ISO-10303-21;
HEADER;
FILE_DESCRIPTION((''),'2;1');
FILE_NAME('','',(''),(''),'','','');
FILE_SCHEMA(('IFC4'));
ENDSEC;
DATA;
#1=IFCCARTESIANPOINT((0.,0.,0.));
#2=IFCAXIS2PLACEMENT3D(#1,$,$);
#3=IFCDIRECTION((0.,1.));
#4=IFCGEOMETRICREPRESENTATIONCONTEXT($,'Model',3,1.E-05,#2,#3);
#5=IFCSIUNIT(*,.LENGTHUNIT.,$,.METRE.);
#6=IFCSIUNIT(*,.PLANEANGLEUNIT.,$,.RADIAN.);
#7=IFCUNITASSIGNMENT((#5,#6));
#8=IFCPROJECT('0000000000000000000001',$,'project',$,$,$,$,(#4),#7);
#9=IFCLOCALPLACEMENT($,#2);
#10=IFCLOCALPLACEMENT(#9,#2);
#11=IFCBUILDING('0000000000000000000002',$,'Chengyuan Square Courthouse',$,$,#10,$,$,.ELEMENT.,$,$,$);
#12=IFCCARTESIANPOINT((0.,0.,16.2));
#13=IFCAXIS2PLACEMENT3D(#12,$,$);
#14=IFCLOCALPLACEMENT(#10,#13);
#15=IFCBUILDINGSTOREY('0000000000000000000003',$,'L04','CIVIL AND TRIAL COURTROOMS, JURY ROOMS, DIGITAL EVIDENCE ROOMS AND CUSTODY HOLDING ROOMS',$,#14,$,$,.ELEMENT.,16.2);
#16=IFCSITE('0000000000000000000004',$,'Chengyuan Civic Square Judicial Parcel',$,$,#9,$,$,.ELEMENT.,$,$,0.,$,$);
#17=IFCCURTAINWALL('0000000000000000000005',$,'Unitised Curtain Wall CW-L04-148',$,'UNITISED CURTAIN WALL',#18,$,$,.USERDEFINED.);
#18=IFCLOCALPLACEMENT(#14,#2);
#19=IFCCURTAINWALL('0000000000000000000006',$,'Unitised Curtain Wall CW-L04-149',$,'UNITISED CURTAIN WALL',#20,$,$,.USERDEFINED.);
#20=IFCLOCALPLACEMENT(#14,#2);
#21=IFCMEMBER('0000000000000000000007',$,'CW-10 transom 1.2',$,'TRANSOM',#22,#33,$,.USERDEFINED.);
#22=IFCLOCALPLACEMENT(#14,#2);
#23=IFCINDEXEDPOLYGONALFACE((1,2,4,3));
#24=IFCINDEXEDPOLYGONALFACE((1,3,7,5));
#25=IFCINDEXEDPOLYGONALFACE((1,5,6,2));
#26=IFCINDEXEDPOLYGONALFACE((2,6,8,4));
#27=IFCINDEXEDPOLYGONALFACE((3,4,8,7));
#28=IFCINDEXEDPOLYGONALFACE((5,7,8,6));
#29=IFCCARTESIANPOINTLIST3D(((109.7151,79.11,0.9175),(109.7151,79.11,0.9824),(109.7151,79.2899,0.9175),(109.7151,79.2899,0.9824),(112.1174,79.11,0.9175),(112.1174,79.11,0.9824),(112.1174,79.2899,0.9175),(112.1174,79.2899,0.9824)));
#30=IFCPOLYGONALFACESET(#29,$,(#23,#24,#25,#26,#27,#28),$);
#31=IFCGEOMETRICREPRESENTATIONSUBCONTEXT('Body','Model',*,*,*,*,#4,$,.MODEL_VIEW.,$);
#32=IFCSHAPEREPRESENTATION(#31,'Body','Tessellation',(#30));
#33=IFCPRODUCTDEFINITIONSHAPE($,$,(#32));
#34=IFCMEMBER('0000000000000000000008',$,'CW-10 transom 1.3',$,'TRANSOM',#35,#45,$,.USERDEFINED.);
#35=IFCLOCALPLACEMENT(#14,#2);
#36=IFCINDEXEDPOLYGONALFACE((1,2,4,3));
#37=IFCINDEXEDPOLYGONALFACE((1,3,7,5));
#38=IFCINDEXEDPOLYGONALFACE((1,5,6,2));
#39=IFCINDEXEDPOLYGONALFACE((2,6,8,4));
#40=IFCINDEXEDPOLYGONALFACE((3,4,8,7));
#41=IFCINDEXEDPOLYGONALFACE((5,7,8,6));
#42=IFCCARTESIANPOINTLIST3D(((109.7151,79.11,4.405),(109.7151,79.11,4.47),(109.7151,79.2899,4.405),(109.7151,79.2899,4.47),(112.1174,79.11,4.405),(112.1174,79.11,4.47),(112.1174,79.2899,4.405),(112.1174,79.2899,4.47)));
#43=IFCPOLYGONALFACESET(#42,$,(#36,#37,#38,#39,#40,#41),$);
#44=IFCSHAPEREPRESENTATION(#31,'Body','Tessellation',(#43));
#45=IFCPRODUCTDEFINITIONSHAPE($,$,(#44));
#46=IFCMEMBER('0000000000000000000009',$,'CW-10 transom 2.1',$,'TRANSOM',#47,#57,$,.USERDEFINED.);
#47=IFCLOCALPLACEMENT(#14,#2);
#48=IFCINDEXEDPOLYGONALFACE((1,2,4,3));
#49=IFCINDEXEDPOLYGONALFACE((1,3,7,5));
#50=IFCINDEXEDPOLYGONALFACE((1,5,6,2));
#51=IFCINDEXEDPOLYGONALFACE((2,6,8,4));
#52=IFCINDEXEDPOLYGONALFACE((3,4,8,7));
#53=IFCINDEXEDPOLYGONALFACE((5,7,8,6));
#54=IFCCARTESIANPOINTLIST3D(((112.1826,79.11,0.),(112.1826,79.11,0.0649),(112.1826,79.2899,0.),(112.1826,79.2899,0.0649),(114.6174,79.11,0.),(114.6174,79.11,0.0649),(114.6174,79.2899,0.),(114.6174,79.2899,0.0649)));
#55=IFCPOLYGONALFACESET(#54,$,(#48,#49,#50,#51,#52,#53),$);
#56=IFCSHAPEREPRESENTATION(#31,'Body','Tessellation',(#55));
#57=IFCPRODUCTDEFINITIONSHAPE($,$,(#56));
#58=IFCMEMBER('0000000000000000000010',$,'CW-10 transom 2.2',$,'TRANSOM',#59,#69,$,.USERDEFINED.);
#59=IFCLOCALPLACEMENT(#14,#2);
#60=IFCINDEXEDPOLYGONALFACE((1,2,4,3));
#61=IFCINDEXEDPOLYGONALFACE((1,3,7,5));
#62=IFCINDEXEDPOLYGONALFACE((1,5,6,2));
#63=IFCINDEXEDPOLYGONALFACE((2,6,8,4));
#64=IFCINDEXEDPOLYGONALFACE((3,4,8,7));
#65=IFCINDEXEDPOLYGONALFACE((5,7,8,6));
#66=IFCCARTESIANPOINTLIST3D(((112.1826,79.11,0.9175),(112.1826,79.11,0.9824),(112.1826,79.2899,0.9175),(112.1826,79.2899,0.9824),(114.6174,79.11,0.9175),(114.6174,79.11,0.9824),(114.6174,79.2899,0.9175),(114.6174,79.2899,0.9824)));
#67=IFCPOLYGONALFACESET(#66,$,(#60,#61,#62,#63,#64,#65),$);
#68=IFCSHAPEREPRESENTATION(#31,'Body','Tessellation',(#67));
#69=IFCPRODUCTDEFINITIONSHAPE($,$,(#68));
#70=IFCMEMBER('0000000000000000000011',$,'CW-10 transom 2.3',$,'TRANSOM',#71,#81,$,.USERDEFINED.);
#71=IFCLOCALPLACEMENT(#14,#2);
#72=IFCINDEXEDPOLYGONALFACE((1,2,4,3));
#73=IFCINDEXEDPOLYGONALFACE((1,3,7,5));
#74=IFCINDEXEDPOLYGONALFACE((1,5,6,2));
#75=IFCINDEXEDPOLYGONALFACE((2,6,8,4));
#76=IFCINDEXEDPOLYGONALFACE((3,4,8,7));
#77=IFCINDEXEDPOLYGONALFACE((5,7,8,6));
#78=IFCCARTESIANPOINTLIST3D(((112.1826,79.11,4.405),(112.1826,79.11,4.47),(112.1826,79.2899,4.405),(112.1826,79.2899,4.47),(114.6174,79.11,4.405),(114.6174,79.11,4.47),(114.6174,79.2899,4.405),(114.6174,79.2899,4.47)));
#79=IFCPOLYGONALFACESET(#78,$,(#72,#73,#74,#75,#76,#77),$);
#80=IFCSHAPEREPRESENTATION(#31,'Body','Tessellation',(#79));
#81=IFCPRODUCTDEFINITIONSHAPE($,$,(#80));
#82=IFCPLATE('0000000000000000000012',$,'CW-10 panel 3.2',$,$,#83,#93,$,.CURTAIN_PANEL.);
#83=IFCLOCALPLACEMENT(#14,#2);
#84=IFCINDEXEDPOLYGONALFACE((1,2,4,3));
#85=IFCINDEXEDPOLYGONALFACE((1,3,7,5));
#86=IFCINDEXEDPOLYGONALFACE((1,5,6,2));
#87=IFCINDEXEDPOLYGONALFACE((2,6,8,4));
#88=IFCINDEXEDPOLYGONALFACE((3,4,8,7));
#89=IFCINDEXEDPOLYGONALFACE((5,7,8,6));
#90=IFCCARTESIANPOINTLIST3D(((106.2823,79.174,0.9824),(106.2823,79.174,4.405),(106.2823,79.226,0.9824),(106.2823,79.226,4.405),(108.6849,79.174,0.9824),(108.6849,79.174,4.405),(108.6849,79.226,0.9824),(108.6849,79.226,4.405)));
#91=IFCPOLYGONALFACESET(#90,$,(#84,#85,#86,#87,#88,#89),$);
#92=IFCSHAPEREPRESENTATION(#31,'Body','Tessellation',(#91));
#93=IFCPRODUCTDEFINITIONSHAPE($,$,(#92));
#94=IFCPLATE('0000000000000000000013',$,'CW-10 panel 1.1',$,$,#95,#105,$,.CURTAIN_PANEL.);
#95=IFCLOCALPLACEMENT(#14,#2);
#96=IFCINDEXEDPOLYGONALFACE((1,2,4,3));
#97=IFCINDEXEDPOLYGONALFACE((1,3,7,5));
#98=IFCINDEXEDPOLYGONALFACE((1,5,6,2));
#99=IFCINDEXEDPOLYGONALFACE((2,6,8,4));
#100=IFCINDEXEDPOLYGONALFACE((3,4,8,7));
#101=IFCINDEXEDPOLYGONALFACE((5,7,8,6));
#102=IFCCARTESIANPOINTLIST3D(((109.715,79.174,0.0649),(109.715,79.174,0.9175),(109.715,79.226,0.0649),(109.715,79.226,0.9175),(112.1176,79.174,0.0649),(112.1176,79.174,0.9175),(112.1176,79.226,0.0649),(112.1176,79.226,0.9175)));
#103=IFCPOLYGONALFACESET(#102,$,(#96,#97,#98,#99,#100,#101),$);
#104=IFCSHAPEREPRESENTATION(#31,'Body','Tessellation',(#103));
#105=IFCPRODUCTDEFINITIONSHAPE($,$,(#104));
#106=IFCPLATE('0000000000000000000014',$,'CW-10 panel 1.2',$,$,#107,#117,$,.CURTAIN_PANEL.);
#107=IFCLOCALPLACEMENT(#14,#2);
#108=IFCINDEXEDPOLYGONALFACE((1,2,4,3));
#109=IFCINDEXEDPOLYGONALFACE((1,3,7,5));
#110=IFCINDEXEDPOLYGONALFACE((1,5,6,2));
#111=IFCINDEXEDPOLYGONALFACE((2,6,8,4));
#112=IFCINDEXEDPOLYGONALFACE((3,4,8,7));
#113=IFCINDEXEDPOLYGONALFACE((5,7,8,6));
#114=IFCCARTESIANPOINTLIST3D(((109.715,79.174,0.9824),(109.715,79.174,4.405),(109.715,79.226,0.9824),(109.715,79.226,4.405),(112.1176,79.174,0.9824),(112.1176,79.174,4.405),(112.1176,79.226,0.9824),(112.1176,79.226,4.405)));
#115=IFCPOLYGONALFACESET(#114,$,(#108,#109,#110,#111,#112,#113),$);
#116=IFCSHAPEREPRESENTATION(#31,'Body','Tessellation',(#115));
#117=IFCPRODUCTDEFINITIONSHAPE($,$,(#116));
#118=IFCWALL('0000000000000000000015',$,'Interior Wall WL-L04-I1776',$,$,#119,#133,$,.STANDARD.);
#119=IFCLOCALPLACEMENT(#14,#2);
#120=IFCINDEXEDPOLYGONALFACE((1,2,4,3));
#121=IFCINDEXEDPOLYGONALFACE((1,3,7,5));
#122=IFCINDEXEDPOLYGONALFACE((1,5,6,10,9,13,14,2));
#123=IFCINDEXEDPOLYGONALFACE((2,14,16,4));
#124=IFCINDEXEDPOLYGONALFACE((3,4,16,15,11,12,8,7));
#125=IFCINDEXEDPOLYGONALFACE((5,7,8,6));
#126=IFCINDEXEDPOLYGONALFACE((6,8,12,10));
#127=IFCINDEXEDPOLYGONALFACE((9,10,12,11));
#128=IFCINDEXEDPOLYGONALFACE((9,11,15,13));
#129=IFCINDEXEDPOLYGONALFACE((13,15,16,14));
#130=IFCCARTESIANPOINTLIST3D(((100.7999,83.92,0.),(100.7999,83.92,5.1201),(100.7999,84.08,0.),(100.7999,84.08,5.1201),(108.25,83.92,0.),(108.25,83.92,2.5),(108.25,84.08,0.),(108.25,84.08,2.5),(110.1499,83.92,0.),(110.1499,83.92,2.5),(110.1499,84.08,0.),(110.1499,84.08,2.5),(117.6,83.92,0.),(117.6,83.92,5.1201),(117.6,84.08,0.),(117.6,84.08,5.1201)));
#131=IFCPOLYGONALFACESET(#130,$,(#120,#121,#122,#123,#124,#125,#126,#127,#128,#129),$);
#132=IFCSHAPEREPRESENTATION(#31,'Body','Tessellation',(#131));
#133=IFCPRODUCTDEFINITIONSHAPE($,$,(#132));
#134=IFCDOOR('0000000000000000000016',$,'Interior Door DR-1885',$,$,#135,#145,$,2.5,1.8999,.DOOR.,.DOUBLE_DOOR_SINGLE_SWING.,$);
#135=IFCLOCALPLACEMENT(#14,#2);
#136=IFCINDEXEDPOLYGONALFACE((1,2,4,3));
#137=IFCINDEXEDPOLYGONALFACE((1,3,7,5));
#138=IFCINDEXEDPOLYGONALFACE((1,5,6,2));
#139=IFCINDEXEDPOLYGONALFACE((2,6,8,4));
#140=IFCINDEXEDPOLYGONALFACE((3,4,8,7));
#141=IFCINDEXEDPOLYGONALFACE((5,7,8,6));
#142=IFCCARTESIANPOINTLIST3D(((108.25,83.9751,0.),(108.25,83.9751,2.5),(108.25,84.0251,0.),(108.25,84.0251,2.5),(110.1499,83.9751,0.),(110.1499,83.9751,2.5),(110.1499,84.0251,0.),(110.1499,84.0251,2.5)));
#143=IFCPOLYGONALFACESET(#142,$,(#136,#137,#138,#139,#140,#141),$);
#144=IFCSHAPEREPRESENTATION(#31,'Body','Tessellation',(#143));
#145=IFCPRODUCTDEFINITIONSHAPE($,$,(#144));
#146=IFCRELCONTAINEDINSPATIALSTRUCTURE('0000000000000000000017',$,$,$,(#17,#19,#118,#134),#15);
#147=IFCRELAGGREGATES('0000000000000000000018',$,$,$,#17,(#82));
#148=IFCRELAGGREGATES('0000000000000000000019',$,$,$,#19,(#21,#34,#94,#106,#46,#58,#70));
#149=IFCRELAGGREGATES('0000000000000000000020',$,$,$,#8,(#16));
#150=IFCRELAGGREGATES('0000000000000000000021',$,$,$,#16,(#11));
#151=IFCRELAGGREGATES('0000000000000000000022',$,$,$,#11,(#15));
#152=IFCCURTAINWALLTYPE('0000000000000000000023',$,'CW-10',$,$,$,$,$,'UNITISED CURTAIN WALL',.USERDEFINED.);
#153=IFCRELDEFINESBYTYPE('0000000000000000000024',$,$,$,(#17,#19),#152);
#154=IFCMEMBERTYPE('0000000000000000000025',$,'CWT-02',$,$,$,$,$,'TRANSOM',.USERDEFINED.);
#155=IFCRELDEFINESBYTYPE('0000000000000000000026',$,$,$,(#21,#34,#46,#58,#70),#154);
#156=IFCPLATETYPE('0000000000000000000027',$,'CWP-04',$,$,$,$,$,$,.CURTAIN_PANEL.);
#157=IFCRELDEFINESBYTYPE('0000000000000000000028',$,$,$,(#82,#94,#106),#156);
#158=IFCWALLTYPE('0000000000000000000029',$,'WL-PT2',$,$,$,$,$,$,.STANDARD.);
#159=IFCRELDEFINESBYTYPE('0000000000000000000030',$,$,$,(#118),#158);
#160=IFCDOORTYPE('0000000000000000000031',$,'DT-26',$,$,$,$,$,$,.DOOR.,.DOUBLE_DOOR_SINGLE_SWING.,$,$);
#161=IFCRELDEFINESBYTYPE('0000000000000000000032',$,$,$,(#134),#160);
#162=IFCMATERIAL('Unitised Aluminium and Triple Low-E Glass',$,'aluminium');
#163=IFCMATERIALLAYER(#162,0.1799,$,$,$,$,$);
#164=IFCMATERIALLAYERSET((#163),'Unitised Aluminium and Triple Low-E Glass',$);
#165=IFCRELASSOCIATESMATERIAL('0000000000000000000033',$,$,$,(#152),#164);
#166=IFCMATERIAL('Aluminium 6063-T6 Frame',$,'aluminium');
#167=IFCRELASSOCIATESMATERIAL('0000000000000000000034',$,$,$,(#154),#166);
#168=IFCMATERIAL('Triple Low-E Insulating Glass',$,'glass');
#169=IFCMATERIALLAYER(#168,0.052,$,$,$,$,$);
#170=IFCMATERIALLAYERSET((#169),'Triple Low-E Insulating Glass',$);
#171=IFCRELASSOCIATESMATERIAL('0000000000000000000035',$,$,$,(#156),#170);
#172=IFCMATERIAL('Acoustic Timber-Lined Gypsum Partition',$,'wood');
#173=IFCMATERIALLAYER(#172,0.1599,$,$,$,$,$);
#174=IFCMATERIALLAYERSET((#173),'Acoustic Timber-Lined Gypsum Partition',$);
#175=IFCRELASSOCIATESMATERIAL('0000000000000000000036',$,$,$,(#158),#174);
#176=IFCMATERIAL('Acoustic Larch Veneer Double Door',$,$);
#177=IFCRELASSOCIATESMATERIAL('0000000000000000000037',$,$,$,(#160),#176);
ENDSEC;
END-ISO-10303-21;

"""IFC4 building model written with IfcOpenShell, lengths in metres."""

from ifc_helpers import new_model, si_unit, direction, frame, frame_2d, origin, origin_2d, place, context, subcontext, project, spatial, rectangle, extrude, material, layer, layer_set, material_profile, profile_set, type_object, element, fill, aggregate, save


model = new_model("IFC4")

# Units and contexts
model_context = context("Model", 3, precision=1e-05, world=origin(), true_north=direction((0.0, 1.0)))
body_context = subcontext(model_context, "Body", "Model", "MODEL_VIEW")
ifc_project = project(units=[si_unit("LENGTHUNIT", "METRE"), si_unit("PLANEANGLEUNIT", "RADIAN")], contexts=[model_context])

# Site, building, storey
site_placement = place(None, origin())
site = spatial("IfcSite", under=ifc_project, at=site_placement, Name="Chengyuan Civic Square Judicial Parcel", CompositionType="ELEMENT", RefElevation=0.0)
building_placement = place(site_placement, origin())
building = spatial("IfcBuilding", under=site, at=building_placement, Name="Chengyuan Square Courthouse", CompositionType="ELEMENT")
storey_placement = place(building_placement, frame((0.0, 0.0, 16.2)))
storey = spatial("IfcBuildingStorey", under=building, at=storey_placement, Name="L04", Description="CIVIL AND TRIAL COURTROOMS, JURY ROOMS, DIGITAL EVIDENCE ROOMS AND CUSTODY HOLDING ROOMS", CompositionType="ELEMENT", Elevation=16.2)

# Curtain wall
ifc_material_1 = material(Name="Unitised Aluminium and Triple Low-E Glass", Category="aluminium")
ifc_layer_1 = layer(ifc_material_1, 0.1799)
ifc_layer_set_1 = layer_set([ifc_layer_1], Name="Unitised Aluminium and Triple Low-E Glass")
curtain_wall_type = type_object("IfcCurtainWallType", Name="CW-10", ElementType="UNITISED CURTAIN WALL", PredefinedType="USERDEFINED", material=ifc_layer_set_1)
curtain_wall_1_placement = place(storey_placement, origin())
curtain_wall_1 = element("IfcCurtainWall", 1, at=curtain_wall_1_placement, inside=storey, type_object=curtain_wall_type, Name="Unitised Curtain Wall CW-L04-148", ObjectType="UNITISED CURTAIN WALL", PredefinedType="USERDEFINED")
ifc_material_2 = material(Name="Aluminium 6063-T6 Frame", Category="aluminium")

# Curtain wall, members
curtain_wall_2_placement = place(storey_placement, origin())
curtain_wall_2 = element("IfcCurtainWall", 2, at=curtain_wall_2_placement, inside=storey, type_object=curtain_wall_type, Name="Unitised Curtain Wall CW-L04-149", ObjectType="UNITISED CURTAIN WALL", PredefinedType="USERDEFINED")
ifc_material_profile_1 = material_profile(ifc_material_2, rectangle(XDim=0.1799, YDim=0.0649, at=origin_2d()), Name="CW-TRN-65x140")
ifc_profile_set_1 = profile_set([ifc_material_profile_1], Name="Aluminium 6063-T6 Frame")
member_type_1 = type_object("IfcMemberType", Name="CWT-02", ElementType="TRANSOM", PredefinedType="USERDEFINED", material=ifc_profile_set_1)
member_1_placement = place(storey_placement, frame((109.7151, 79.2, 0.95), z_axis=(1.0, 0.0, 0.0), x_axis=(0.0, 1.0, 0.0)))
member_1 = element("IfcMember", 3, at=member_1_placement, type_object=member_type_1, Name="CW-10 transom 1.2", ObjectType="TRANSOM", PredefinedType="USERDEFINED", context=body_context, shape_type="SweptSolid", body=[
    extrude(rectangle(XDim=0.1799, YDim=0.0649, at=origin_2d()), origin(), (0.0, 0.0, 1.0), 2.4023),
])
member_2_placement = place(storey_placement, frame((109.7151, 79.2, 4.4375), z_axis=(1.0, 0.0, 0.0), x_axis=(0.0, 1.0, 0.0)))
member_2 = element("IfcMember", 4, at=member_2_placement, type_object=member_type_1, Name="CW-10 transom 1.3", ObjectType="TRANSOM", PredefinedType="USERDEFINED", context=body_context, shape_type="SweptSolid", body=[
    extrude(rectangle(XDim=0.1799, YDim=0.0649, at=origin_2d()), origin(), (0.0, 0.0, 1.0), 2.4023),
])
member_3_placement = place(storey_placement, frame((112.1826, 79.2, 0.0325), z_axis=(1.0, 0.0, 0.0), x_axis=(0.0, 1.0, 0.0)))
member_3 = element("IfcMember", 5, at=member_3_placement, type_object=member_type_1, Name="CW-10 transom 2.1", ObjectType="TRANSOM", PredefinedType="USERDEFINED", context=body_context, shape_type="SweptSolid", body=[
    extrude(rectangle(XDim=0.1799, YDim=0.0649, at=origin_2d()), origin(), (0.0, 0.0, 1.0), 2.4348),
])
member_4_placement = place(storey_placement, frame((112.1826, 79.2, 0.95), z_axis=(1.0, 0.0, 0.0), x_axis=(0.0, 1.0, 0.0)))
member_4 = element("IfcMember", 6, at=member_4_placement, type_object=member_type_1, Name="CW-10 transom 2.2", ObjectType="TRANSOM", PredefinedType="USERDEFINED", context=body_context, shape_type="SweptSolid", body=[
    extrude(rectangle(XDim=0.1799, YDim=0.0649, at=origin_2d()), origin(), (0.0, 0.0, 1.0), 2.4348),
])
member_5_placement = place(storey_placement, frame((112.1826, 79.2, 4.4375), z_axis=(1.0, 0.0, 0.0), x_axis=(0.0, 1.0, 0.0)))
member_5 = element("IfcMember", 7, at=member_5_placement, type_object=member_type_1, Name="CW-10 transom 2.3", ObjectType="TRANSOM", PredefinedType="USERDEFINED", context=body_context, shape_type="SweptSolid", body=[
    extrude(rectangle(XDim=0.1799, YDim=0.0649, at=origin_2d()), origin(), (0.0, 0.0, 1.0), 2.4348),
])

# Plates
ifc_material_3 = material(Name="Triple Low-E Insulating Glass", Category="glass")
ifc_layer_2 = layer(ifc_material_3, 0.052)
ifc_layer_set_2 = layer_set([ifc_layer_2], Name="Triple Low-E Insulating Glass")
plate_type = type_object("IfcPlateType", Name="CWP-04", PredefinedType="CURTAIN_PANEL", material=ifc_layer_set_2)
plate_1_placement = place(storey_placement, frame((107.4836, 79.2, 0.9824), z_axis=(0.0, 0.0, 1.0), x_axis=(1.0, 0.0, 0.0)))
plate_1 = element("IfcPlate", 8, at=plate_1_placement, type_object=plate_type, Name="CW-10 panel 3.2", PredefinedType="CURTAIN_PANEL", context=body_context, shape_type="SweptSolid", body=[
    extrude(rectangle(XDim=2.4026, YDim=0.052, at=origin_2d()), origin(), (0.0, 0.0, 1.0), 3.4226),
])
aggregate(curtain_wall_1, [plate_1])
plate_2_placement = place(storey_placement, frame((110.9163, 79.2, 0.0649), z_axis=(0.0, 0.0, 1.0), x_axis=(1.0, 0.0, 0.0)))
plate_2 = element("IfcPlate", 9, at=plate_2_placement, type_object=plate_type, Name="CW-10 panel 1.1", PredefinedType="CURTAIN_PANEL", context=body_context, shape_type="SweptSolid", body=[
    extrude(rectangle(XDim=2.4026, YDim=0.052, at=origin_2d()), origin(), (0.0, 0.0, 1.0), 0.8525),
])
plate_3_placement = place(storey_placement, frame((110.9163, 79.2, 0.9824), z_axis=(0.0, 0.0, 1.0), x_axis=(1.0, 0.0, 0.0)))
plate_3 = element("IfcPlate", 10, at=plate_3_placement, type_object=plate_type, Name="CW-10 panel 1.2", PredefinedType="CURTAIN_PANEL", context=body_context, shape_type="SweptSolid", body=[
    extrude(rectangle(XDim=2.4026, YDim=0.052, at=origin_2d()), origin(), (0.0, 0.0, 1.0), 3.4226),
])
aggregate(curtain_wall_2, [member_1, member_2, plate_2, plate_3, member_3, member_4, member_5])

# Wall, opening, door
ifc_material_4 = material(Name="Acoustic Timber-Lined Gypsum Partition", Category="wood")
ifc_layer_3 = layer(ifc_material_4, 0.1599)
ifc_layer_set_3 = layer_set([ifc_layer_3], Name="Acoustic Timber-Lined Gypsum Partition")
wall_type_1 = type_object("IfcWallType", Name="WL-PT2", PredefinedType="STANDARD", material=ifc_layer_set_3)
wall_1_placement = place(storey_placement, frame((100.8, 84.0, 0.0), z_axis=(0.0, 0.0, 1.0), x_axis=(1.0, 0.0, 0.0)))
wall_1 = element("IfcWall", 11, at=wall_1_placement, inside=storey, type_object=wall_type_1, Name="Interior Wall WL-L04-I1776", PredefinedType="STANDARD", context=body_context, shape_type="SweptSolid", body=[
    extrude(rectangle(XDim=16.8, YDim=0.1599, at=frame_2d((8.3999, 0.0))), origin(), (0.0, 0.0, 1.0), 5.1201),
])
opening_1_placement = place(wall_1_placement, frame((7.45, 0.0, 0.0)))
opening_1 = element("IfcOpeningElement", 12, at=opening_1_placement, cuts=wall_1, PredefinedType="OPENING", context=body_context, shape_type="SweptSolid", body=[
    extrude(rectangle(XDim=1.8999, YDim=2.5, at=frame_2d((0.95, 1.25))), frame((0.0, 0.092, 0.0), z_axis=(0.0, -1.0, 0.0), x_axis=(1.0, 0.0, 0.0)), (0.0, 0.0, 1.0), 0.1838),
])
ifc_material_5 = material(Name="Acoustic Larch Veneer Double Door")
door_type_1 = type_object("IfcDoorType", Name="DT-26", OperationType="DOUBLE_DOOR_SINGLE_SWING", PredefinedType="DOOR", material=ifc_material_5)
door_1_placement = place(opening_1_placement, frame((1.8999, 0.0, 0.0), z_axis=(0.0, 0.0, 1.0), x_axis=(-1.0, 0.0, 0.0)))
door_1 = element("IfcDoor", 13, at=door_1_placement, inside=storey, type_object=door_type_1, Name="Interior Door DR-1885", OperationType="DOUBLE_DOOR_SINGLE_SWING", OverallHeight=2.5, OverallWidth=1.8999, PredefinedType="DOOR", context=body_context, shape_type="SweptSolid", body=[
    extrude(rectangle(XDim=1.8999, YDim=2.5, at=frame_2d((0.95, 1.25))), frame((0.0, 0.0249, 0.0), z_axis=(0.0, -1.0, 0.0), x_axis=(1.0, 0.0, 0.0)), (0.0, 0.0, 1.0), 0.05),
])
fill(opening_1, door_1)

save(model, "model.ifc")
